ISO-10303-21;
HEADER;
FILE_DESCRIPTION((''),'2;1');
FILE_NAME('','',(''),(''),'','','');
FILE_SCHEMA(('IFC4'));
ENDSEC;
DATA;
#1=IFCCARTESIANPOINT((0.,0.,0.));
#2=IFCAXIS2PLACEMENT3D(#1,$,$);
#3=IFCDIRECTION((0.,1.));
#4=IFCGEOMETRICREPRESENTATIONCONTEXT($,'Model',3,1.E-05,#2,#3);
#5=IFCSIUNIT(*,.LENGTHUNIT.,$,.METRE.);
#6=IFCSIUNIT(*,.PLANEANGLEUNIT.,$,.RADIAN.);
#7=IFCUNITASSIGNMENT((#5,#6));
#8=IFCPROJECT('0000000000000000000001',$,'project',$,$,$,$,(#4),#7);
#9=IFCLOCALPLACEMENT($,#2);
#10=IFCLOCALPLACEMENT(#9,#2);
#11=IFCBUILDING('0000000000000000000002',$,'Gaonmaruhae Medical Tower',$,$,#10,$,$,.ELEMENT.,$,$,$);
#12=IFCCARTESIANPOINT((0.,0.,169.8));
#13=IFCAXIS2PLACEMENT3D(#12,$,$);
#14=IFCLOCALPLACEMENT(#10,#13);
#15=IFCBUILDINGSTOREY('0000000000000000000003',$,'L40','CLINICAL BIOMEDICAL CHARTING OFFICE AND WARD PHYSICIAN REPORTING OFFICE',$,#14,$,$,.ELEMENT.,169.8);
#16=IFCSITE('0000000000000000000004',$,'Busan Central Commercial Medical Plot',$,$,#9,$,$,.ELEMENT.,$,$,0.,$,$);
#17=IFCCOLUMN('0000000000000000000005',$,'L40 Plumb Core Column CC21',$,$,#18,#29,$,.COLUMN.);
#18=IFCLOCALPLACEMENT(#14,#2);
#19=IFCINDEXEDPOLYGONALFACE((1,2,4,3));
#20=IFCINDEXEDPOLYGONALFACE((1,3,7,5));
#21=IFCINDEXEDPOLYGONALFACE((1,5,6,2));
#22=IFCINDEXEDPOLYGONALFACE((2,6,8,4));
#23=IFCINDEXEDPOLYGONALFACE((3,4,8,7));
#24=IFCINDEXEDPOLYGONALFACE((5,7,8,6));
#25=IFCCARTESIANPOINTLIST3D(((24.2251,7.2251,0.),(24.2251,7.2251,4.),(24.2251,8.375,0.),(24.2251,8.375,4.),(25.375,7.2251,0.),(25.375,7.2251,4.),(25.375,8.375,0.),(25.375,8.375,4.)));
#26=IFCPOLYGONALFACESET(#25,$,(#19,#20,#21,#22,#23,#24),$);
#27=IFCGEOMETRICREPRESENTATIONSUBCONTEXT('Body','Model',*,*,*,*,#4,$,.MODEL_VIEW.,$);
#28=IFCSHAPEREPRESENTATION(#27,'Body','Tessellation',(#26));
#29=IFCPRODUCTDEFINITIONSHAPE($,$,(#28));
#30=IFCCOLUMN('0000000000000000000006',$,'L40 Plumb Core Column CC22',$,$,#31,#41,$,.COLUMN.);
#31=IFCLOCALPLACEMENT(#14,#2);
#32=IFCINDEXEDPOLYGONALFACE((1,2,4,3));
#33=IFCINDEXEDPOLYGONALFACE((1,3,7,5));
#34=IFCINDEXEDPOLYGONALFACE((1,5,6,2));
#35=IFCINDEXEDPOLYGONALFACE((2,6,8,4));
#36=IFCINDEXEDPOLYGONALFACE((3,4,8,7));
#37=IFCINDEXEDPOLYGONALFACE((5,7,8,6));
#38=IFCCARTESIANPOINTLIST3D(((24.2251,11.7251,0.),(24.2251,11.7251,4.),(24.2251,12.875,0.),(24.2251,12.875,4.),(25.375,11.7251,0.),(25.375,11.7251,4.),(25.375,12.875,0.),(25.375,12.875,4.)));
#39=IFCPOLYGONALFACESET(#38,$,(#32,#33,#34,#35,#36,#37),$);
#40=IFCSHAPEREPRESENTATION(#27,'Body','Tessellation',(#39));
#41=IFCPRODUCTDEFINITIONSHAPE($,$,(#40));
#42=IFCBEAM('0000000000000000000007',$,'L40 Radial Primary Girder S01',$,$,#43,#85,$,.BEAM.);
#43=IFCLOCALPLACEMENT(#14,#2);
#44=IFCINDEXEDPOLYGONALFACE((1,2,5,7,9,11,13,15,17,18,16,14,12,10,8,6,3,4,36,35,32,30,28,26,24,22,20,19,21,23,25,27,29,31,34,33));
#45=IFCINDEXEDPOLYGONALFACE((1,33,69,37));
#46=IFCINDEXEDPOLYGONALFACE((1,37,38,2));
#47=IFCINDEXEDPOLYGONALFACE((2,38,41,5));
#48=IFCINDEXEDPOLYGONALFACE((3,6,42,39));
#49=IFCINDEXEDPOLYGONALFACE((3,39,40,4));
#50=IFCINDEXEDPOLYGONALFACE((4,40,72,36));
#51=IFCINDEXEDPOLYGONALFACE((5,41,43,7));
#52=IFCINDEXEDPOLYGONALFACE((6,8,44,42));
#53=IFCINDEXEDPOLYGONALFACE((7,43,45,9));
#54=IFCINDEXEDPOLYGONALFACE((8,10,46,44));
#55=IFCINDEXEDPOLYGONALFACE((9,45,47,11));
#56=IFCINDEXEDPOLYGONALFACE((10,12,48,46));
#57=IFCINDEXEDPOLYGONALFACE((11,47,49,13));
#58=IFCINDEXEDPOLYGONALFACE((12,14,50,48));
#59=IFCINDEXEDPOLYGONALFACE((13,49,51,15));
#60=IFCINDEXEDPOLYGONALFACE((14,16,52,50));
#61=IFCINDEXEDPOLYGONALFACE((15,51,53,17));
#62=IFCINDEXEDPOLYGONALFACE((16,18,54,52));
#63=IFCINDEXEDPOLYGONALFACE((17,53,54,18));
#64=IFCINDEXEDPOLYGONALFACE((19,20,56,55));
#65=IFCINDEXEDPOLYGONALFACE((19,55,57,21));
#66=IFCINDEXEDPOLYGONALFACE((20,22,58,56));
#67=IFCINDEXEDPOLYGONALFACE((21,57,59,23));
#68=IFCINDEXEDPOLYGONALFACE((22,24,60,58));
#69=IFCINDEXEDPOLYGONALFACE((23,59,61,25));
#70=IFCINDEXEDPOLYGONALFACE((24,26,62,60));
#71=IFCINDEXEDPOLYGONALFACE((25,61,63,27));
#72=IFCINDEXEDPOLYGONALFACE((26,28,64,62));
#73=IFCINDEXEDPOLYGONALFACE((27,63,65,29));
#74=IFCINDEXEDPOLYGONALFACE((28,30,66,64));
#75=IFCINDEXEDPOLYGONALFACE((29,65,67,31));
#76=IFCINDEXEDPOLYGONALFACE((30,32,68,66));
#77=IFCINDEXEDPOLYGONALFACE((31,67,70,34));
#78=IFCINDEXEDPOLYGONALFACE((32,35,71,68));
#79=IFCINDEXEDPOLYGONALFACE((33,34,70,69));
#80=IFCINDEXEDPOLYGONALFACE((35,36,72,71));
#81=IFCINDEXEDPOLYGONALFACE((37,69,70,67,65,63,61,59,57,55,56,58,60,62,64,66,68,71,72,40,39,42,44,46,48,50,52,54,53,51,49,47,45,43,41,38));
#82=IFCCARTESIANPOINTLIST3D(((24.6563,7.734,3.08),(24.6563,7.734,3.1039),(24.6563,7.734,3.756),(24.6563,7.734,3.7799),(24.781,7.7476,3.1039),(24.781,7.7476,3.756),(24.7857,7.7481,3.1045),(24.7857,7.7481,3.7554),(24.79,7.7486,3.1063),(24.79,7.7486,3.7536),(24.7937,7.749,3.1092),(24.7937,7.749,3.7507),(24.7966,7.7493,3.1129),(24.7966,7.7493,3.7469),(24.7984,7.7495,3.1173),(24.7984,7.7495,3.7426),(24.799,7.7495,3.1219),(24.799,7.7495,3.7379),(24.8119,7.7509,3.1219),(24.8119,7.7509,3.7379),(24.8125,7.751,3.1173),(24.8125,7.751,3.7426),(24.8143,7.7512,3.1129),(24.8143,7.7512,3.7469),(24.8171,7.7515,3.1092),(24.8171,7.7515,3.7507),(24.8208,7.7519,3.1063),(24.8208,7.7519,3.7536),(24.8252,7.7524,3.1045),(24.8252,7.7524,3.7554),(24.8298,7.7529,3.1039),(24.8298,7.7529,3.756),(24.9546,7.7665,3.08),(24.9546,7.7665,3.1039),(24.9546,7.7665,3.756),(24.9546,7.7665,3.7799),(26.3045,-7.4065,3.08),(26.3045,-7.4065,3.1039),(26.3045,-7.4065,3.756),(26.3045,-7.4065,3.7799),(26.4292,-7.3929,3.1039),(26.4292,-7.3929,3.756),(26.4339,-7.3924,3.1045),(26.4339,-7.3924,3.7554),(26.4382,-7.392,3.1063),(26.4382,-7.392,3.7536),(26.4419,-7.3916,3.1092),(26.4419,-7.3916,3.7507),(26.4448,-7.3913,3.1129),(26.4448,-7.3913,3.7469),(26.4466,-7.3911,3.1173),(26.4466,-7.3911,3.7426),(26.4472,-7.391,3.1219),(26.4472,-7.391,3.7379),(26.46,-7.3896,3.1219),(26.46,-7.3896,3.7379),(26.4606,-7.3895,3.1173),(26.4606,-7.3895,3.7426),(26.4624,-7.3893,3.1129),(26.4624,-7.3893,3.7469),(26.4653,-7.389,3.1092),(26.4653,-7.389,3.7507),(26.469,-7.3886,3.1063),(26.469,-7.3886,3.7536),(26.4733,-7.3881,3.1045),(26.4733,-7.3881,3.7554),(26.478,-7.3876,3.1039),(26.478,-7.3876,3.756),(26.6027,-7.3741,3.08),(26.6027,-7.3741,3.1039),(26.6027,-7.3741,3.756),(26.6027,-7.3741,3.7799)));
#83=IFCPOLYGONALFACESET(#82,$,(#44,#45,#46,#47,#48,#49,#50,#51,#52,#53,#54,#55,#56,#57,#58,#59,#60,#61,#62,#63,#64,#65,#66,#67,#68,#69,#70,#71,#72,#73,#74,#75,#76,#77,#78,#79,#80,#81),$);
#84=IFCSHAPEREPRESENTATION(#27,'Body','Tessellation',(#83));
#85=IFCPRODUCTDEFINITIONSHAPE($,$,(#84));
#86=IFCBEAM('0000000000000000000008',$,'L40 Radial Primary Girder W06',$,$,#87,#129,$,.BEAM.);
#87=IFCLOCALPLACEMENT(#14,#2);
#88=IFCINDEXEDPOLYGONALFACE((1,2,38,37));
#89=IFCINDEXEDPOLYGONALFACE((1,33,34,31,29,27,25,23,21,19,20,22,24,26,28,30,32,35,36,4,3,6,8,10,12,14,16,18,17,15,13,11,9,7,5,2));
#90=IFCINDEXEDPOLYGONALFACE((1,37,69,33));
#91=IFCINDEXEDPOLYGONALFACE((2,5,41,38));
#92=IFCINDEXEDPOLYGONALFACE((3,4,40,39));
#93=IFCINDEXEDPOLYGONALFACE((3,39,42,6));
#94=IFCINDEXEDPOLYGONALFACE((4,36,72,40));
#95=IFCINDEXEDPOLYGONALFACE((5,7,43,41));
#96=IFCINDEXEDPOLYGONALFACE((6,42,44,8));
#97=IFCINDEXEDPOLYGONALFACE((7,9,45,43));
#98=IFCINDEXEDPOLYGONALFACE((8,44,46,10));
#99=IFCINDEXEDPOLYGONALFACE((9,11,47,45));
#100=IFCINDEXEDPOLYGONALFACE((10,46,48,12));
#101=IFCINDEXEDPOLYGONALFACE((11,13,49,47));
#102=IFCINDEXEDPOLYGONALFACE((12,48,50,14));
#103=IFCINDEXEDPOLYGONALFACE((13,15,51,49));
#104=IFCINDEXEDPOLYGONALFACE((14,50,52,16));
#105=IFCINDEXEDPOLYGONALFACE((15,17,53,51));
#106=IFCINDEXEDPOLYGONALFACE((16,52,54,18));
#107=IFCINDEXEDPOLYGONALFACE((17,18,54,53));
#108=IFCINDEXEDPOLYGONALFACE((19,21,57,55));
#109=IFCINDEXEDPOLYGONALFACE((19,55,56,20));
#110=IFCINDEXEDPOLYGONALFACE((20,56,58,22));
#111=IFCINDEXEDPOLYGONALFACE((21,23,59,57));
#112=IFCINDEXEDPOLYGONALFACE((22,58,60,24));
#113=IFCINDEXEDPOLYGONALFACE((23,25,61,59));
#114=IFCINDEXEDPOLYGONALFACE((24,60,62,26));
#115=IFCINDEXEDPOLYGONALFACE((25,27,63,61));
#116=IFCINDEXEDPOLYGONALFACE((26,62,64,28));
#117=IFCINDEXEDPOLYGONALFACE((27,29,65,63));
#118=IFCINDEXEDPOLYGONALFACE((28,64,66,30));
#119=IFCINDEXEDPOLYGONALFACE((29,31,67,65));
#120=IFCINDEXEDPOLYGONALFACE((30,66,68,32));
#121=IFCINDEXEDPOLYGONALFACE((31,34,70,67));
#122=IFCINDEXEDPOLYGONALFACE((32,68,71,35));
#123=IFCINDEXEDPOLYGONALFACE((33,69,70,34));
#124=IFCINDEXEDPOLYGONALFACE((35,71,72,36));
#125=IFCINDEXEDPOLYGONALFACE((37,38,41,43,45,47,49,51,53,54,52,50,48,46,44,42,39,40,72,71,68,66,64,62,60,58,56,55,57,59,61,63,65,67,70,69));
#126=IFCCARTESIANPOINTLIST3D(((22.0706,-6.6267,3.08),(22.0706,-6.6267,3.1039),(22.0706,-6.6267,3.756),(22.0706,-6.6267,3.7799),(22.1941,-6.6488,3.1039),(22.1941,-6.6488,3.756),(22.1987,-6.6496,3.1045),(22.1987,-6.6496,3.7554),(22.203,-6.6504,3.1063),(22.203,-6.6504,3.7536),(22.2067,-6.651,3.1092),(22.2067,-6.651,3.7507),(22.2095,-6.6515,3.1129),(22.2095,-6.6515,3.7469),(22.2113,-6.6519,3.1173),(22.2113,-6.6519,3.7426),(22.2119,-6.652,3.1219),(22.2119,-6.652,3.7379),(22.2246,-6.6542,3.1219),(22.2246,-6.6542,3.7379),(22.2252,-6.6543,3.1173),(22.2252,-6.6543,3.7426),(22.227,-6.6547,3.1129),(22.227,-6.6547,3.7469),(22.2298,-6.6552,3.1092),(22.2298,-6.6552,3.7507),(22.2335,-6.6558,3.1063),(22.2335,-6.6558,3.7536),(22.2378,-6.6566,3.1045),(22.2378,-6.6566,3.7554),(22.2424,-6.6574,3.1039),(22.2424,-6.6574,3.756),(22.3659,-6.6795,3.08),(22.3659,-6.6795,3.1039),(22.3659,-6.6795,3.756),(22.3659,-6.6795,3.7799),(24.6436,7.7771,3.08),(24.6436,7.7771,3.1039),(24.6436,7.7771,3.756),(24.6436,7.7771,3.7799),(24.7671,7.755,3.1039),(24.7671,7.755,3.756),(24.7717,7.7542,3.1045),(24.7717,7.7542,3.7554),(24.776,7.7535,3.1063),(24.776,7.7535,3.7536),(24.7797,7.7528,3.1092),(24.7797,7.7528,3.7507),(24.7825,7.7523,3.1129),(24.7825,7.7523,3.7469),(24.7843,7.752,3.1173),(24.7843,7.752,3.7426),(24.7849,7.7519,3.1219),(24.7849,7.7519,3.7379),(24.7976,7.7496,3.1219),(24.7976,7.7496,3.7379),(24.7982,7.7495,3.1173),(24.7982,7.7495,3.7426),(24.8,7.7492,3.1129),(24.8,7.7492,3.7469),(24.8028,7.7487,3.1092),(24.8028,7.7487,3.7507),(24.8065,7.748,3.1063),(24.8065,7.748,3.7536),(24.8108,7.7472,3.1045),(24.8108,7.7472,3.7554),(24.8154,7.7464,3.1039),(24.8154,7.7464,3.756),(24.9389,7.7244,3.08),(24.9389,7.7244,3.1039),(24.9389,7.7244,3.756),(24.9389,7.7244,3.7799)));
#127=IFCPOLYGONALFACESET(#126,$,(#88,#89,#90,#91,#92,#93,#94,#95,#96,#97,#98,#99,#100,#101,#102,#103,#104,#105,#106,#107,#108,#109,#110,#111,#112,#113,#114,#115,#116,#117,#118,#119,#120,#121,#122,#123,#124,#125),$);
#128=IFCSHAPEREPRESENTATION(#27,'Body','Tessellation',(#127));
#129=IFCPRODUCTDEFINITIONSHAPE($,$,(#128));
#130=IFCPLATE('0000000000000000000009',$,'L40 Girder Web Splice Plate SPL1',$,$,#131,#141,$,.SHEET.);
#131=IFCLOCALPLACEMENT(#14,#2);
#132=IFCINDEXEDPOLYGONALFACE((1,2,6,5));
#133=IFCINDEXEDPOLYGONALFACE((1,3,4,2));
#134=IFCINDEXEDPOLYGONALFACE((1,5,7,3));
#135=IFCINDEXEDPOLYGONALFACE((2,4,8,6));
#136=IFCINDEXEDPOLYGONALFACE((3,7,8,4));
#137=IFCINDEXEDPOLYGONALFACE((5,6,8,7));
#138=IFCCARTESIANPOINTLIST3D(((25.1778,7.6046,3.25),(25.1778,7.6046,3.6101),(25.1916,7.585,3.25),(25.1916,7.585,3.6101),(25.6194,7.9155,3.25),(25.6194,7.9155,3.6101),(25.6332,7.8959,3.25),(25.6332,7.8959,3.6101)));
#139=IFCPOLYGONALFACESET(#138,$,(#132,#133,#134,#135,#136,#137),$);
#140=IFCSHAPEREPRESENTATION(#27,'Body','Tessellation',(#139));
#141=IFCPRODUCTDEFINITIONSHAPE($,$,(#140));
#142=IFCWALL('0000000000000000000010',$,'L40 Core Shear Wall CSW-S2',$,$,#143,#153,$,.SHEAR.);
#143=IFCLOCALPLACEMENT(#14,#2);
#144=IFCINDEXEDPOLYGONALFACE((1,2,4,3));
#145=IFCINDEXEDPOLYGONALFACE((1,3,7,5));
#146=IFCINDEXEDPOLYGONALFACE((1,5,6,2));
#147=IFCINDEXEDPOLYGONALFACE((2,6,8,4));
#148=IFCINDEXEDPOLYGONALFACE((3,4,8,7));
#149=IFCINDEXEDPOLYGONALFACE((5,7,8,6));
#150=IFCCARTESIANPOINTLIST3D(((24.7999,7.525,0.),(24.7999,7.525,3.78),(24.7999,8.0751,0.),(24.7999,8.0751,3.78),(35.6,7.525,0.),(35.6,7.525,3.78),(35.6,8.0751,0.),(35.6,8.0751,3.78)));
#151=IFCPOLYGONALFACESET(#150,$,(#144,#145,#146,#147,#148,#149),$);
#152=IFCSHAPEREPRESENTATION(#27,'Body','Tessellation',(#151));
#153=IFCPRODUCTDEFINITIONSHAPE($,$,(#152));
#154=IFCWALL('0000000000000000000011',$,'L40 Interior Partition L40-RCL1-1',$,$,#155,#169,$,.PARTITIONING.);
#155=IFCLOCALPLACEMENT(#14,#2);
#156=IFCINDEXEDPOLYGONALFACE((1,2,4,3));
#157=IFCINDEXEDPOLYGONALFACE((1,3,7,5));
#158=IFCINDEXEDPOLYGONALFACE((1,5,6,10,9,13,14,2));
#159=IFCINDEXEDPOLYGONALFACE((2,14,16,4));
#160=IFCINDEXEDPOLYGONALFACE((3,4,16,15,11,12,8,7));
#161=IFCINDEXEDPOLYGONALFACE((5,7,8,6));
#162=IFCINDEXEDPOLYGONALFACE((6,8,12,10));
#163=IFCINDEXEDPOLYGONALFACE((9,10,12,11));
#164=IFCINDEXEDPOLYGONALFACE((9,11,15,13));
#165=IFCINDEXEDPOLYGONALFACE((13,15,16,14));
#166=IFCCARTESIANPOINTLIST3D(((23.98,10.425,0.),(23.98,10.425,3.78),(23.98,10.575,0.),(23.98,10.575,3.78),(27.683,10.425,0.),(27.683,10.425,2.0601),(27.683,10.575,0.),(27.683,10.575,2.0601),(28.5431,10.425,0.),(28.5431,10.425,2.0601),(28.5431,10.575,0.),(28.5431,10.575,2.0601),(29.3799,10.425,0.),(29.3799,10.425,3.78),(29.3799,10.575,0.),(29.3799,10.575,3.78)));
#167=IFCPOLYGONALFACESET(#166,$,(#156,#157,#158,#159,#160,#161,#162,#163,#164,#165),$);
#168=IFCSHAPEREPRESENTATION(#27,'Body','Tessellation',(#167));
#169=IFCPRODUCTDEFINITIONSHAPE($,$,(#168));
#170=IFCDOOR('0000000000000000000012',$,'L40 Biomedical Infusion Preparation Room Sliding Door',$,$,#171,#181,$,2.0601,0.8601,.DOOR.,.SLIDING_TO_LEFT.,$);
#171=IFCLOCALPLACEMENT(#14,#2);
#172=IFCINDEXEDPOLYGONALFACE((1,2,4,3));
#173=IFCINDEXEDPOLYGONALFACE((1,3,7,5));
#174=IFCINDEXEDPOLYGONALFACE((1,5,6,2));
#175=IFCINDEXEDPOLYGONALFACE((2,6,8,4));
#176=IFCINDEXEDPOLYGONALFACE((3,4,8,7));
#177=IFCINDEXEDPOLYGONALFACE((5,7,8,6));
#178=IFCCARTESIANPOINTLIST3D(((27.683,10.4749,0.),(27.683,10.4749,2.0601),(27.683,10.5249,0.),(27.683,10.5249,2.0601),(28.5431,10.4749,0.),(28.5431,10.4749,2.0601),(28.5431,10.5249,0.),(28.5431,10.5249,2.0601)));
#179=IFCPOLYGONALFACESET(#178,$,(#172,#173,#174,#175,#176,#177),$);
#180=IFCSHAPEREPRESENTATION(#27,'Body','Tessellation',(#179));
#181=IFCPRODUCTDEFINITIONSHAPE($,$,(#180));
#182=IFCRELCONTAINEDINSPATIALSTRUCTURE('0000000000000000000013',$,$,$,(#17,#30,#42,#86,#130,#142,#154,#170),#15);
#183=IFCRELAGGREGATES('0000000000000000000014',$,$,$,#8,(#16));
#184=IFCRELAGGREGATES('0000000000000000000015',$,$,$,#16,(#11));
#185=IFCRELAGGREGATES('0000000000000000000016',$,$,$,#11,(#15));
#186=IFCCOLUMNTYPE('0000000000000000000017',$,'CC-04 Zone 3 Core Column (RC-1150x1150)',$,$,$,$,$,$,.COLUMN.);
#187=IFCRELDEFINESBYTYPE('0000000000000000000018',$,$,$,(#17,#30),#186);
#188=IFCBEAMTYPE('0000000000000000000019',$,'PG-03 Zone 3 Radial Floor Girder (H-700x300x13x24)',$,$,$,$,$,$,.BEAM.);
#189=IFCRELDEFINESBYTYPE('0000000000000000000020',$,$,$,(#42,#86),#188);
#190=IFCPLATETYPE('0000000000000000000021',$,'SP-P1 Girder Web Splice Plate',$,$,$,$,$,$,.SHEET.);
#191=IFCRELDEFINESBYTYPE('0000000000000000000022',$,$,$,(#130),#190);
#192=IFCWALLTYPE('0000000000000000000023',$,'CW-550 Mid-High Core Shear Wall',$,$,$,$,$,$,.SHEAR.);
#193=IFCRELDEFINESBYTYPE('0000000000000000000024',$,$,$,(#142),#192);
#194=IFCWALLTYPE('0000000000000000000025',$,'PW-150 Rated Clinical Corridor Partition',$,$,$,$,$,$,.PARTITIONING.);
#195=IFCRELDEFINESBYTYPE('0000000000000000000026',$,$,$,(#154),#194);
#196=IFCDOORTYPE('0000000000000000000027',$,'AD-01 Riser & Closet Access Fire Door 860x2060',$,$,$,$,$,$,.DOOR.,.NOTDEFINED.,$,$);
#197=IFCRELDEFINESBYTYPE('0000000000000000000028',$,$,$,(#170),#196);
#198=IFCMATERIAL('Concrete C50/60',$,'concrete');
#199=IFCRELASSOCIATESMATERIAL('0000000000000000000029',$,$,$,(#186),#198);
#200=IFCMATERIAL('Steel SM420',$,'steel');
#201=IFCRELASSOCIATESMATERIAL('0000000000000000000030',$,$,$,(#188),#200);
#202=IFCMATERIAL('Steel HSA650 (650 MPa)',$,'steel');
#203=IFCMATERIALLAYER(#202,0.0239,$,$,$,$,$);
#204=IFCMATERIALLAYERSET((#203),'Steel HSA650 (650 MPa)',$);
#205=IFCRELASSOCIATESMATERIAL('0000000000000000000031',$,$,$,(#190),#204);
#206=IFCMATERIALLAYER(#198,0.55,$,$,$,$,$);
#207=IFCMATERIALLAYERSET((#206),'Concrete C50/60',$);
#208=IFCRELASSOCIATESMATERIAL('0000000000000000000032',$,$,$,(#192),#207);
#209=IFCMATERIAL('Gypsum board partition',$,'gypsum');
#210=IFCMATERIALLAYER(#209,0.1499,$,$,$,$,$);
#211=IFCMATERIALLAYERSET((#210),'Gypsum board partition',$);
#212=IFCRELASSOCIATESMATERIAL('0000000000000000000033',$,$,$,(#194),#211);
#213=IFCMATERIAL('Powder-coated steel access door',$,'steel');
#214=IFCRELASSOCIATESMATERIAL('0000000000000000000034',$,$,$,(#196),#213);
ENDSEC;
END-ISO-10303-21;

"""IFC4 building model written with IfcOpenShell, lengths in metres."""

from ifc_helpers import new_model, si_unit, direction, frame, frame_2d, origin, origin_2d, place, context, subcontext, project, spatial, rectangle, i_section, extrude, material, layer, layer_set, material_profile, profile_set, type_object, element, fill, save


model = new_model("IFC4")

# Units and contexts
model_context = context("Model", 3, precision=1e-05, world=origin(), true_north=direction((0.0, 1.0)))
body_context = subcontext(model_context, "Body", "Model", "MODEL_VIEW")
ifc_project = project(units=[si_unit("LENGTHUNIT", "METRE"), si_unit("PLANEANGLEUNIT", "RADIAN")], contexts=[model_context])

# Site, building, storey
site_placement = place(None, origin())
site = spatial("IfcSite", under=ifc_project, at=site_placement, Name="Busan Central Commercial Medical Plot", CompositionType="ELEMENT", RefElevation=0.0)
building_placement = place(site_placement, origin())
building = spatial("IfcBuilding", under=site, at=building_placement, Name="Gaonmaruhae Medical Tower", CompositionType="ELEMENT")
storey_placement = place(building_placement, frame((0.0, 0.0, 169.8)))
storey = spatial("IfcBuildingStorey", under=building, at=storey_placement, Name="L40", Description="CLINICAL BIOMEDICAL CHARTING OFFICE AND WARD PHYSICIAN REPORTING OFFICE", CompositionType="ELEMENT", Elevation=169.8)

# Columns
ifc_material_1 = material(Name="Concrete C50/60", Category="concrete")
ifc_material_profile_1 = material_profile(ifc_material_1, rectangle(XDim=1.1499, YDim=1.1499, at=origin_2d()), Name="RC-1150x1150")
ifc_profile_set_1 = profile_set([ifc_material_profile_1], Name="Concrete C50/60")
column_type = type_object("IfcColumnType", Name="CC-04 Zone 3 Core Column (RC-1150x1150)", PredefinedType="COLUMN", material=ifc_profile_set_1)
for number, where, z_axis, x_axis, name in (
    (1, (24.8, 7.8, 0.0), (0.0, 0.0, 1.0), (1.0, 0.0, 0.0), "L40 Plumb Core Column CC21"),
    (2, (24.8, 12.3, 0.0), (0.0, 0.0, 1.0), (1.0, 0.0, 0.0), "L40 Plumb Core Column CC22"),
):
    element("IfcColumn", number, at=place(storey_placement, frame(where, z_axis=z_axis, x_axis=x_axis)), inside=storey, type_object=column_type, Name=name, PredefinedType="COLUMN", context=body_context, shape_type="SweptSolid", body=[
        extrude(rectangle(XDim=1.1499, YDim=1.1499, at=origin_2d()), origin(), (0.0, 0.0, 1.0), 4.0),
    ])

# Beams
ifc_material_2 = material(Name="Steel SM420", Category="steel")
ifc_material_profile_2 = material_profile(ifc_material_2, i_section(OverallWidth=0.3, OverallDepth=0.7, WebThickness=0.0129, FlangeThickness=0.0239, FilletRadius=0.0181, at=origin_2d()), Name="H-700x300x13x24")
ifc_profile_set_2 = profile_set([ifc_material_profile_2], Name="Steel SM420")
beam_type = type_object("IfcBeamType", Name="PG-03 Zone 3 Radial Floor Girder (H-700x300x13x24)", PredefinedType="BEAM", material=ifc_profile_set_2)
beam_1_placement = place(storey_placement, frame((24.8054, 7.7502, 3.4299), z_axis=(0.10822, -0.994127, 0.0), x_axis=(0.994127, 0.10822, 0.0)))
element("IfcBeam", 3, at=beam_1_placement, inside=storey, type_object=beam_type, Name="L40 Radial Primary Girder S01", PredefinedType="BEAM", context=body_context, shape_type="SweptSolid", body=[
    extrude(i_section(OverallWidth=0.3, OverallDepth=0.7, WebThickness=0.0129, FlangeThickness=0.0239, FilletRadius=0.0181, at=origin_2d()), origin(), (0.0, 0.0, 1.0), 15.23),
])
beam_2_placement = place(storey_placement, frame((24.7913, 7.7507, 3.4299), z_axis=(-0.17585, -0.984417, 0.0), x_axis=(0.984417, -0.17585, 0.0)))
element("IfcBeam", 4, at=beam_2_placement, inside=storey, type_object=beam_type, Name="L40 Radial Primary Girder W06", PredefinedType="BEAM", context=body_context, shape_type="SweptSolid", body=[
    extrude(i_section(OverallWidth=0.3, OverallDepth=0.7, WebThickness=0.0129, FlangeThickness=0.0239, FilletRadius=0.0181, at=origin_2d()), origin(), (0.0, 0.0, 1.0), 14.6318),
])

# Plate
ifc_material_3 = material(Name="Steel HSA650 (650 MPa)", Category="steel")
ifc_layer_1 = layer(ifc_material_3, 0.0239)
ifc_layer_set_1 = layer_set([ifc_layer_1], Name="Steel HSA650 (650 MPa)")
plate_type = type_object("IfcPlateType", Name="SP-P1 Girder Web Splice Plate", PredefinedType="SHEET", material=ifc_layer_set_1)
plate_placement = place(storey_placement, frame((25.4055, 7.7502, 3.25), z_axis=(0.0, 0.0, 1.0), x_axis=(0.817648, 0.575719, 0.0)))
element("IfcPlate", 5, at=plate_placement, inside=storey, type_object=plate_type, Name="L40 Girder Web Splice Plate SPL1", PredefinedType="SHEET", context=body_context, shape_type="SweptSolid", body=[
    extrude(rectangle(XDim=0.54, YDim=0.0239, at=origin_2d()), origin(), (0.0, 0.0, 1.0), 0.3601),
])

# Wall
ifc_layer_2 = layer(ifc_material_1, 0.55)
ifc_layer_set_2 = layer_set([ifc_layer_2], Name="Concrete C50/60")
wall_type_1 = type_object("IfcWallType", Name="CW-550 Mid-High Core Shear Wall", PredefinedType="SHEAR", material=ifc_layer_set_2)
wall_1_placement = place(storey_placement, frame((24.8, 7.8, 0.0), z_axis=(0.0, 0.0, 1.0), x_axis=(1.0, 0.0, 0.0)))
element("IfcWall", 6, at=wall_1_placement, inside=storey, type_object=wall_type_1, Name="L40 Core Shear Wall CSW-S2", PredefinedType="SHEAR", context=body_context, shape_type="SweptSolid", body=[
    extrude(rectangle(XDim=10.8, YDim=0.55, at=frame_2d((5.3999, 0.0))), origin(), (0.0, 0.0, 1.0), 3.78),
])

# Wall, opening, door
ifc_material_4 = material(Name="Gypsum board partition", Category="gypsum")
ifc_layer_3 = layer(ifc_material_4, 0.1499)
ifc_layer_set_3 = layer_set([ifc_layer_3], Name="Gypsum board partition")
wall_type_2 = type_object("IfcWallType", Name="PW-150 Rated Clinical Corridor Partition", PredefinedType="PARTITIONING", material=ifc_layer_set_3)
wall_2_placement = place(storey_placement, frame((23.98, 10.5, 0.0), z_axis=(0.0, 0.0, 1.0), x_axis=(1.0, 0.0, 0.0)))
wall_2 = element("IfcWall", 7, at=wall_2_placement, inside=storey, type_object=wall_type_2, Name="L40 Interior Partition L40-RCL1-1", PredefinedType="PARTITIONING", context=body_context, shape_type="SweptSolid", body=[
    extrude(rectangle(XDim=5.3999, YDim=0.1499, at=frame_2d((2.7, 0.0))), origin(), (0.0, 0.0, 1.0), 3.78),
])
opening_1_placement = place(wall_2_placement, frame((3.7029, 0.0, 0.0)))
opening_1 = element("IfcOpeningElement", 8, at=opening_1_placement, cuts=wall_2, PredefinedType="OPENING", context=body_context, shape_type="SweptSolid", body=[
    extrude(rectangle(XDim=0.8601, YDim=2.0601, at=frame_2d((0.4302, 1.03))), frame((0.0, 0.085, 0.0), z_axis=(0.0, -1.0, 0.0), x_axis=(1.0, 0.0, 0.0)), (0.0, 0.0, 1.0), 0.1699),
])
ifc_material_5 = material(Name="Powder-coated steel access door", Category="steel")
door_type_1 = type_object("IfcDoorType", Name="AD-01 Riser & Closet Access Fire Door 860x2060", OperationType="NOTDEFINED", PredefinedType="DOOR", material=ifc_material_5)
door_1_placement = place(opening_1_placement, origin())
door_1 = element("IfcDoor", 9, at=door_1_placement, inside=storey, type_object=door_type_1, Name="L40 Biomedical Infusion Preparation Room Sliding Door", OperationType="SLIDING_TO_LEFT", OverallHeight=2.0601, OverallWidth=0.8601, PredefinedType="DOOR", context=body_context, shape_type="SweptSolid", body=[
    extrude(rectangle(XDim=0.8601, YDim=2.0601, at=frame_2d((0.4302, 1.03))), frame((0.0, 0.0249, 0.0), z_axis=(0.0, -1.0, 0.0), x_axis=(1.0, 0.0, 0.0)), (0.0, 0.0, 1.0), 0.05),
])
fill(opening_1, door_1)

save(model, "model.ifc")
